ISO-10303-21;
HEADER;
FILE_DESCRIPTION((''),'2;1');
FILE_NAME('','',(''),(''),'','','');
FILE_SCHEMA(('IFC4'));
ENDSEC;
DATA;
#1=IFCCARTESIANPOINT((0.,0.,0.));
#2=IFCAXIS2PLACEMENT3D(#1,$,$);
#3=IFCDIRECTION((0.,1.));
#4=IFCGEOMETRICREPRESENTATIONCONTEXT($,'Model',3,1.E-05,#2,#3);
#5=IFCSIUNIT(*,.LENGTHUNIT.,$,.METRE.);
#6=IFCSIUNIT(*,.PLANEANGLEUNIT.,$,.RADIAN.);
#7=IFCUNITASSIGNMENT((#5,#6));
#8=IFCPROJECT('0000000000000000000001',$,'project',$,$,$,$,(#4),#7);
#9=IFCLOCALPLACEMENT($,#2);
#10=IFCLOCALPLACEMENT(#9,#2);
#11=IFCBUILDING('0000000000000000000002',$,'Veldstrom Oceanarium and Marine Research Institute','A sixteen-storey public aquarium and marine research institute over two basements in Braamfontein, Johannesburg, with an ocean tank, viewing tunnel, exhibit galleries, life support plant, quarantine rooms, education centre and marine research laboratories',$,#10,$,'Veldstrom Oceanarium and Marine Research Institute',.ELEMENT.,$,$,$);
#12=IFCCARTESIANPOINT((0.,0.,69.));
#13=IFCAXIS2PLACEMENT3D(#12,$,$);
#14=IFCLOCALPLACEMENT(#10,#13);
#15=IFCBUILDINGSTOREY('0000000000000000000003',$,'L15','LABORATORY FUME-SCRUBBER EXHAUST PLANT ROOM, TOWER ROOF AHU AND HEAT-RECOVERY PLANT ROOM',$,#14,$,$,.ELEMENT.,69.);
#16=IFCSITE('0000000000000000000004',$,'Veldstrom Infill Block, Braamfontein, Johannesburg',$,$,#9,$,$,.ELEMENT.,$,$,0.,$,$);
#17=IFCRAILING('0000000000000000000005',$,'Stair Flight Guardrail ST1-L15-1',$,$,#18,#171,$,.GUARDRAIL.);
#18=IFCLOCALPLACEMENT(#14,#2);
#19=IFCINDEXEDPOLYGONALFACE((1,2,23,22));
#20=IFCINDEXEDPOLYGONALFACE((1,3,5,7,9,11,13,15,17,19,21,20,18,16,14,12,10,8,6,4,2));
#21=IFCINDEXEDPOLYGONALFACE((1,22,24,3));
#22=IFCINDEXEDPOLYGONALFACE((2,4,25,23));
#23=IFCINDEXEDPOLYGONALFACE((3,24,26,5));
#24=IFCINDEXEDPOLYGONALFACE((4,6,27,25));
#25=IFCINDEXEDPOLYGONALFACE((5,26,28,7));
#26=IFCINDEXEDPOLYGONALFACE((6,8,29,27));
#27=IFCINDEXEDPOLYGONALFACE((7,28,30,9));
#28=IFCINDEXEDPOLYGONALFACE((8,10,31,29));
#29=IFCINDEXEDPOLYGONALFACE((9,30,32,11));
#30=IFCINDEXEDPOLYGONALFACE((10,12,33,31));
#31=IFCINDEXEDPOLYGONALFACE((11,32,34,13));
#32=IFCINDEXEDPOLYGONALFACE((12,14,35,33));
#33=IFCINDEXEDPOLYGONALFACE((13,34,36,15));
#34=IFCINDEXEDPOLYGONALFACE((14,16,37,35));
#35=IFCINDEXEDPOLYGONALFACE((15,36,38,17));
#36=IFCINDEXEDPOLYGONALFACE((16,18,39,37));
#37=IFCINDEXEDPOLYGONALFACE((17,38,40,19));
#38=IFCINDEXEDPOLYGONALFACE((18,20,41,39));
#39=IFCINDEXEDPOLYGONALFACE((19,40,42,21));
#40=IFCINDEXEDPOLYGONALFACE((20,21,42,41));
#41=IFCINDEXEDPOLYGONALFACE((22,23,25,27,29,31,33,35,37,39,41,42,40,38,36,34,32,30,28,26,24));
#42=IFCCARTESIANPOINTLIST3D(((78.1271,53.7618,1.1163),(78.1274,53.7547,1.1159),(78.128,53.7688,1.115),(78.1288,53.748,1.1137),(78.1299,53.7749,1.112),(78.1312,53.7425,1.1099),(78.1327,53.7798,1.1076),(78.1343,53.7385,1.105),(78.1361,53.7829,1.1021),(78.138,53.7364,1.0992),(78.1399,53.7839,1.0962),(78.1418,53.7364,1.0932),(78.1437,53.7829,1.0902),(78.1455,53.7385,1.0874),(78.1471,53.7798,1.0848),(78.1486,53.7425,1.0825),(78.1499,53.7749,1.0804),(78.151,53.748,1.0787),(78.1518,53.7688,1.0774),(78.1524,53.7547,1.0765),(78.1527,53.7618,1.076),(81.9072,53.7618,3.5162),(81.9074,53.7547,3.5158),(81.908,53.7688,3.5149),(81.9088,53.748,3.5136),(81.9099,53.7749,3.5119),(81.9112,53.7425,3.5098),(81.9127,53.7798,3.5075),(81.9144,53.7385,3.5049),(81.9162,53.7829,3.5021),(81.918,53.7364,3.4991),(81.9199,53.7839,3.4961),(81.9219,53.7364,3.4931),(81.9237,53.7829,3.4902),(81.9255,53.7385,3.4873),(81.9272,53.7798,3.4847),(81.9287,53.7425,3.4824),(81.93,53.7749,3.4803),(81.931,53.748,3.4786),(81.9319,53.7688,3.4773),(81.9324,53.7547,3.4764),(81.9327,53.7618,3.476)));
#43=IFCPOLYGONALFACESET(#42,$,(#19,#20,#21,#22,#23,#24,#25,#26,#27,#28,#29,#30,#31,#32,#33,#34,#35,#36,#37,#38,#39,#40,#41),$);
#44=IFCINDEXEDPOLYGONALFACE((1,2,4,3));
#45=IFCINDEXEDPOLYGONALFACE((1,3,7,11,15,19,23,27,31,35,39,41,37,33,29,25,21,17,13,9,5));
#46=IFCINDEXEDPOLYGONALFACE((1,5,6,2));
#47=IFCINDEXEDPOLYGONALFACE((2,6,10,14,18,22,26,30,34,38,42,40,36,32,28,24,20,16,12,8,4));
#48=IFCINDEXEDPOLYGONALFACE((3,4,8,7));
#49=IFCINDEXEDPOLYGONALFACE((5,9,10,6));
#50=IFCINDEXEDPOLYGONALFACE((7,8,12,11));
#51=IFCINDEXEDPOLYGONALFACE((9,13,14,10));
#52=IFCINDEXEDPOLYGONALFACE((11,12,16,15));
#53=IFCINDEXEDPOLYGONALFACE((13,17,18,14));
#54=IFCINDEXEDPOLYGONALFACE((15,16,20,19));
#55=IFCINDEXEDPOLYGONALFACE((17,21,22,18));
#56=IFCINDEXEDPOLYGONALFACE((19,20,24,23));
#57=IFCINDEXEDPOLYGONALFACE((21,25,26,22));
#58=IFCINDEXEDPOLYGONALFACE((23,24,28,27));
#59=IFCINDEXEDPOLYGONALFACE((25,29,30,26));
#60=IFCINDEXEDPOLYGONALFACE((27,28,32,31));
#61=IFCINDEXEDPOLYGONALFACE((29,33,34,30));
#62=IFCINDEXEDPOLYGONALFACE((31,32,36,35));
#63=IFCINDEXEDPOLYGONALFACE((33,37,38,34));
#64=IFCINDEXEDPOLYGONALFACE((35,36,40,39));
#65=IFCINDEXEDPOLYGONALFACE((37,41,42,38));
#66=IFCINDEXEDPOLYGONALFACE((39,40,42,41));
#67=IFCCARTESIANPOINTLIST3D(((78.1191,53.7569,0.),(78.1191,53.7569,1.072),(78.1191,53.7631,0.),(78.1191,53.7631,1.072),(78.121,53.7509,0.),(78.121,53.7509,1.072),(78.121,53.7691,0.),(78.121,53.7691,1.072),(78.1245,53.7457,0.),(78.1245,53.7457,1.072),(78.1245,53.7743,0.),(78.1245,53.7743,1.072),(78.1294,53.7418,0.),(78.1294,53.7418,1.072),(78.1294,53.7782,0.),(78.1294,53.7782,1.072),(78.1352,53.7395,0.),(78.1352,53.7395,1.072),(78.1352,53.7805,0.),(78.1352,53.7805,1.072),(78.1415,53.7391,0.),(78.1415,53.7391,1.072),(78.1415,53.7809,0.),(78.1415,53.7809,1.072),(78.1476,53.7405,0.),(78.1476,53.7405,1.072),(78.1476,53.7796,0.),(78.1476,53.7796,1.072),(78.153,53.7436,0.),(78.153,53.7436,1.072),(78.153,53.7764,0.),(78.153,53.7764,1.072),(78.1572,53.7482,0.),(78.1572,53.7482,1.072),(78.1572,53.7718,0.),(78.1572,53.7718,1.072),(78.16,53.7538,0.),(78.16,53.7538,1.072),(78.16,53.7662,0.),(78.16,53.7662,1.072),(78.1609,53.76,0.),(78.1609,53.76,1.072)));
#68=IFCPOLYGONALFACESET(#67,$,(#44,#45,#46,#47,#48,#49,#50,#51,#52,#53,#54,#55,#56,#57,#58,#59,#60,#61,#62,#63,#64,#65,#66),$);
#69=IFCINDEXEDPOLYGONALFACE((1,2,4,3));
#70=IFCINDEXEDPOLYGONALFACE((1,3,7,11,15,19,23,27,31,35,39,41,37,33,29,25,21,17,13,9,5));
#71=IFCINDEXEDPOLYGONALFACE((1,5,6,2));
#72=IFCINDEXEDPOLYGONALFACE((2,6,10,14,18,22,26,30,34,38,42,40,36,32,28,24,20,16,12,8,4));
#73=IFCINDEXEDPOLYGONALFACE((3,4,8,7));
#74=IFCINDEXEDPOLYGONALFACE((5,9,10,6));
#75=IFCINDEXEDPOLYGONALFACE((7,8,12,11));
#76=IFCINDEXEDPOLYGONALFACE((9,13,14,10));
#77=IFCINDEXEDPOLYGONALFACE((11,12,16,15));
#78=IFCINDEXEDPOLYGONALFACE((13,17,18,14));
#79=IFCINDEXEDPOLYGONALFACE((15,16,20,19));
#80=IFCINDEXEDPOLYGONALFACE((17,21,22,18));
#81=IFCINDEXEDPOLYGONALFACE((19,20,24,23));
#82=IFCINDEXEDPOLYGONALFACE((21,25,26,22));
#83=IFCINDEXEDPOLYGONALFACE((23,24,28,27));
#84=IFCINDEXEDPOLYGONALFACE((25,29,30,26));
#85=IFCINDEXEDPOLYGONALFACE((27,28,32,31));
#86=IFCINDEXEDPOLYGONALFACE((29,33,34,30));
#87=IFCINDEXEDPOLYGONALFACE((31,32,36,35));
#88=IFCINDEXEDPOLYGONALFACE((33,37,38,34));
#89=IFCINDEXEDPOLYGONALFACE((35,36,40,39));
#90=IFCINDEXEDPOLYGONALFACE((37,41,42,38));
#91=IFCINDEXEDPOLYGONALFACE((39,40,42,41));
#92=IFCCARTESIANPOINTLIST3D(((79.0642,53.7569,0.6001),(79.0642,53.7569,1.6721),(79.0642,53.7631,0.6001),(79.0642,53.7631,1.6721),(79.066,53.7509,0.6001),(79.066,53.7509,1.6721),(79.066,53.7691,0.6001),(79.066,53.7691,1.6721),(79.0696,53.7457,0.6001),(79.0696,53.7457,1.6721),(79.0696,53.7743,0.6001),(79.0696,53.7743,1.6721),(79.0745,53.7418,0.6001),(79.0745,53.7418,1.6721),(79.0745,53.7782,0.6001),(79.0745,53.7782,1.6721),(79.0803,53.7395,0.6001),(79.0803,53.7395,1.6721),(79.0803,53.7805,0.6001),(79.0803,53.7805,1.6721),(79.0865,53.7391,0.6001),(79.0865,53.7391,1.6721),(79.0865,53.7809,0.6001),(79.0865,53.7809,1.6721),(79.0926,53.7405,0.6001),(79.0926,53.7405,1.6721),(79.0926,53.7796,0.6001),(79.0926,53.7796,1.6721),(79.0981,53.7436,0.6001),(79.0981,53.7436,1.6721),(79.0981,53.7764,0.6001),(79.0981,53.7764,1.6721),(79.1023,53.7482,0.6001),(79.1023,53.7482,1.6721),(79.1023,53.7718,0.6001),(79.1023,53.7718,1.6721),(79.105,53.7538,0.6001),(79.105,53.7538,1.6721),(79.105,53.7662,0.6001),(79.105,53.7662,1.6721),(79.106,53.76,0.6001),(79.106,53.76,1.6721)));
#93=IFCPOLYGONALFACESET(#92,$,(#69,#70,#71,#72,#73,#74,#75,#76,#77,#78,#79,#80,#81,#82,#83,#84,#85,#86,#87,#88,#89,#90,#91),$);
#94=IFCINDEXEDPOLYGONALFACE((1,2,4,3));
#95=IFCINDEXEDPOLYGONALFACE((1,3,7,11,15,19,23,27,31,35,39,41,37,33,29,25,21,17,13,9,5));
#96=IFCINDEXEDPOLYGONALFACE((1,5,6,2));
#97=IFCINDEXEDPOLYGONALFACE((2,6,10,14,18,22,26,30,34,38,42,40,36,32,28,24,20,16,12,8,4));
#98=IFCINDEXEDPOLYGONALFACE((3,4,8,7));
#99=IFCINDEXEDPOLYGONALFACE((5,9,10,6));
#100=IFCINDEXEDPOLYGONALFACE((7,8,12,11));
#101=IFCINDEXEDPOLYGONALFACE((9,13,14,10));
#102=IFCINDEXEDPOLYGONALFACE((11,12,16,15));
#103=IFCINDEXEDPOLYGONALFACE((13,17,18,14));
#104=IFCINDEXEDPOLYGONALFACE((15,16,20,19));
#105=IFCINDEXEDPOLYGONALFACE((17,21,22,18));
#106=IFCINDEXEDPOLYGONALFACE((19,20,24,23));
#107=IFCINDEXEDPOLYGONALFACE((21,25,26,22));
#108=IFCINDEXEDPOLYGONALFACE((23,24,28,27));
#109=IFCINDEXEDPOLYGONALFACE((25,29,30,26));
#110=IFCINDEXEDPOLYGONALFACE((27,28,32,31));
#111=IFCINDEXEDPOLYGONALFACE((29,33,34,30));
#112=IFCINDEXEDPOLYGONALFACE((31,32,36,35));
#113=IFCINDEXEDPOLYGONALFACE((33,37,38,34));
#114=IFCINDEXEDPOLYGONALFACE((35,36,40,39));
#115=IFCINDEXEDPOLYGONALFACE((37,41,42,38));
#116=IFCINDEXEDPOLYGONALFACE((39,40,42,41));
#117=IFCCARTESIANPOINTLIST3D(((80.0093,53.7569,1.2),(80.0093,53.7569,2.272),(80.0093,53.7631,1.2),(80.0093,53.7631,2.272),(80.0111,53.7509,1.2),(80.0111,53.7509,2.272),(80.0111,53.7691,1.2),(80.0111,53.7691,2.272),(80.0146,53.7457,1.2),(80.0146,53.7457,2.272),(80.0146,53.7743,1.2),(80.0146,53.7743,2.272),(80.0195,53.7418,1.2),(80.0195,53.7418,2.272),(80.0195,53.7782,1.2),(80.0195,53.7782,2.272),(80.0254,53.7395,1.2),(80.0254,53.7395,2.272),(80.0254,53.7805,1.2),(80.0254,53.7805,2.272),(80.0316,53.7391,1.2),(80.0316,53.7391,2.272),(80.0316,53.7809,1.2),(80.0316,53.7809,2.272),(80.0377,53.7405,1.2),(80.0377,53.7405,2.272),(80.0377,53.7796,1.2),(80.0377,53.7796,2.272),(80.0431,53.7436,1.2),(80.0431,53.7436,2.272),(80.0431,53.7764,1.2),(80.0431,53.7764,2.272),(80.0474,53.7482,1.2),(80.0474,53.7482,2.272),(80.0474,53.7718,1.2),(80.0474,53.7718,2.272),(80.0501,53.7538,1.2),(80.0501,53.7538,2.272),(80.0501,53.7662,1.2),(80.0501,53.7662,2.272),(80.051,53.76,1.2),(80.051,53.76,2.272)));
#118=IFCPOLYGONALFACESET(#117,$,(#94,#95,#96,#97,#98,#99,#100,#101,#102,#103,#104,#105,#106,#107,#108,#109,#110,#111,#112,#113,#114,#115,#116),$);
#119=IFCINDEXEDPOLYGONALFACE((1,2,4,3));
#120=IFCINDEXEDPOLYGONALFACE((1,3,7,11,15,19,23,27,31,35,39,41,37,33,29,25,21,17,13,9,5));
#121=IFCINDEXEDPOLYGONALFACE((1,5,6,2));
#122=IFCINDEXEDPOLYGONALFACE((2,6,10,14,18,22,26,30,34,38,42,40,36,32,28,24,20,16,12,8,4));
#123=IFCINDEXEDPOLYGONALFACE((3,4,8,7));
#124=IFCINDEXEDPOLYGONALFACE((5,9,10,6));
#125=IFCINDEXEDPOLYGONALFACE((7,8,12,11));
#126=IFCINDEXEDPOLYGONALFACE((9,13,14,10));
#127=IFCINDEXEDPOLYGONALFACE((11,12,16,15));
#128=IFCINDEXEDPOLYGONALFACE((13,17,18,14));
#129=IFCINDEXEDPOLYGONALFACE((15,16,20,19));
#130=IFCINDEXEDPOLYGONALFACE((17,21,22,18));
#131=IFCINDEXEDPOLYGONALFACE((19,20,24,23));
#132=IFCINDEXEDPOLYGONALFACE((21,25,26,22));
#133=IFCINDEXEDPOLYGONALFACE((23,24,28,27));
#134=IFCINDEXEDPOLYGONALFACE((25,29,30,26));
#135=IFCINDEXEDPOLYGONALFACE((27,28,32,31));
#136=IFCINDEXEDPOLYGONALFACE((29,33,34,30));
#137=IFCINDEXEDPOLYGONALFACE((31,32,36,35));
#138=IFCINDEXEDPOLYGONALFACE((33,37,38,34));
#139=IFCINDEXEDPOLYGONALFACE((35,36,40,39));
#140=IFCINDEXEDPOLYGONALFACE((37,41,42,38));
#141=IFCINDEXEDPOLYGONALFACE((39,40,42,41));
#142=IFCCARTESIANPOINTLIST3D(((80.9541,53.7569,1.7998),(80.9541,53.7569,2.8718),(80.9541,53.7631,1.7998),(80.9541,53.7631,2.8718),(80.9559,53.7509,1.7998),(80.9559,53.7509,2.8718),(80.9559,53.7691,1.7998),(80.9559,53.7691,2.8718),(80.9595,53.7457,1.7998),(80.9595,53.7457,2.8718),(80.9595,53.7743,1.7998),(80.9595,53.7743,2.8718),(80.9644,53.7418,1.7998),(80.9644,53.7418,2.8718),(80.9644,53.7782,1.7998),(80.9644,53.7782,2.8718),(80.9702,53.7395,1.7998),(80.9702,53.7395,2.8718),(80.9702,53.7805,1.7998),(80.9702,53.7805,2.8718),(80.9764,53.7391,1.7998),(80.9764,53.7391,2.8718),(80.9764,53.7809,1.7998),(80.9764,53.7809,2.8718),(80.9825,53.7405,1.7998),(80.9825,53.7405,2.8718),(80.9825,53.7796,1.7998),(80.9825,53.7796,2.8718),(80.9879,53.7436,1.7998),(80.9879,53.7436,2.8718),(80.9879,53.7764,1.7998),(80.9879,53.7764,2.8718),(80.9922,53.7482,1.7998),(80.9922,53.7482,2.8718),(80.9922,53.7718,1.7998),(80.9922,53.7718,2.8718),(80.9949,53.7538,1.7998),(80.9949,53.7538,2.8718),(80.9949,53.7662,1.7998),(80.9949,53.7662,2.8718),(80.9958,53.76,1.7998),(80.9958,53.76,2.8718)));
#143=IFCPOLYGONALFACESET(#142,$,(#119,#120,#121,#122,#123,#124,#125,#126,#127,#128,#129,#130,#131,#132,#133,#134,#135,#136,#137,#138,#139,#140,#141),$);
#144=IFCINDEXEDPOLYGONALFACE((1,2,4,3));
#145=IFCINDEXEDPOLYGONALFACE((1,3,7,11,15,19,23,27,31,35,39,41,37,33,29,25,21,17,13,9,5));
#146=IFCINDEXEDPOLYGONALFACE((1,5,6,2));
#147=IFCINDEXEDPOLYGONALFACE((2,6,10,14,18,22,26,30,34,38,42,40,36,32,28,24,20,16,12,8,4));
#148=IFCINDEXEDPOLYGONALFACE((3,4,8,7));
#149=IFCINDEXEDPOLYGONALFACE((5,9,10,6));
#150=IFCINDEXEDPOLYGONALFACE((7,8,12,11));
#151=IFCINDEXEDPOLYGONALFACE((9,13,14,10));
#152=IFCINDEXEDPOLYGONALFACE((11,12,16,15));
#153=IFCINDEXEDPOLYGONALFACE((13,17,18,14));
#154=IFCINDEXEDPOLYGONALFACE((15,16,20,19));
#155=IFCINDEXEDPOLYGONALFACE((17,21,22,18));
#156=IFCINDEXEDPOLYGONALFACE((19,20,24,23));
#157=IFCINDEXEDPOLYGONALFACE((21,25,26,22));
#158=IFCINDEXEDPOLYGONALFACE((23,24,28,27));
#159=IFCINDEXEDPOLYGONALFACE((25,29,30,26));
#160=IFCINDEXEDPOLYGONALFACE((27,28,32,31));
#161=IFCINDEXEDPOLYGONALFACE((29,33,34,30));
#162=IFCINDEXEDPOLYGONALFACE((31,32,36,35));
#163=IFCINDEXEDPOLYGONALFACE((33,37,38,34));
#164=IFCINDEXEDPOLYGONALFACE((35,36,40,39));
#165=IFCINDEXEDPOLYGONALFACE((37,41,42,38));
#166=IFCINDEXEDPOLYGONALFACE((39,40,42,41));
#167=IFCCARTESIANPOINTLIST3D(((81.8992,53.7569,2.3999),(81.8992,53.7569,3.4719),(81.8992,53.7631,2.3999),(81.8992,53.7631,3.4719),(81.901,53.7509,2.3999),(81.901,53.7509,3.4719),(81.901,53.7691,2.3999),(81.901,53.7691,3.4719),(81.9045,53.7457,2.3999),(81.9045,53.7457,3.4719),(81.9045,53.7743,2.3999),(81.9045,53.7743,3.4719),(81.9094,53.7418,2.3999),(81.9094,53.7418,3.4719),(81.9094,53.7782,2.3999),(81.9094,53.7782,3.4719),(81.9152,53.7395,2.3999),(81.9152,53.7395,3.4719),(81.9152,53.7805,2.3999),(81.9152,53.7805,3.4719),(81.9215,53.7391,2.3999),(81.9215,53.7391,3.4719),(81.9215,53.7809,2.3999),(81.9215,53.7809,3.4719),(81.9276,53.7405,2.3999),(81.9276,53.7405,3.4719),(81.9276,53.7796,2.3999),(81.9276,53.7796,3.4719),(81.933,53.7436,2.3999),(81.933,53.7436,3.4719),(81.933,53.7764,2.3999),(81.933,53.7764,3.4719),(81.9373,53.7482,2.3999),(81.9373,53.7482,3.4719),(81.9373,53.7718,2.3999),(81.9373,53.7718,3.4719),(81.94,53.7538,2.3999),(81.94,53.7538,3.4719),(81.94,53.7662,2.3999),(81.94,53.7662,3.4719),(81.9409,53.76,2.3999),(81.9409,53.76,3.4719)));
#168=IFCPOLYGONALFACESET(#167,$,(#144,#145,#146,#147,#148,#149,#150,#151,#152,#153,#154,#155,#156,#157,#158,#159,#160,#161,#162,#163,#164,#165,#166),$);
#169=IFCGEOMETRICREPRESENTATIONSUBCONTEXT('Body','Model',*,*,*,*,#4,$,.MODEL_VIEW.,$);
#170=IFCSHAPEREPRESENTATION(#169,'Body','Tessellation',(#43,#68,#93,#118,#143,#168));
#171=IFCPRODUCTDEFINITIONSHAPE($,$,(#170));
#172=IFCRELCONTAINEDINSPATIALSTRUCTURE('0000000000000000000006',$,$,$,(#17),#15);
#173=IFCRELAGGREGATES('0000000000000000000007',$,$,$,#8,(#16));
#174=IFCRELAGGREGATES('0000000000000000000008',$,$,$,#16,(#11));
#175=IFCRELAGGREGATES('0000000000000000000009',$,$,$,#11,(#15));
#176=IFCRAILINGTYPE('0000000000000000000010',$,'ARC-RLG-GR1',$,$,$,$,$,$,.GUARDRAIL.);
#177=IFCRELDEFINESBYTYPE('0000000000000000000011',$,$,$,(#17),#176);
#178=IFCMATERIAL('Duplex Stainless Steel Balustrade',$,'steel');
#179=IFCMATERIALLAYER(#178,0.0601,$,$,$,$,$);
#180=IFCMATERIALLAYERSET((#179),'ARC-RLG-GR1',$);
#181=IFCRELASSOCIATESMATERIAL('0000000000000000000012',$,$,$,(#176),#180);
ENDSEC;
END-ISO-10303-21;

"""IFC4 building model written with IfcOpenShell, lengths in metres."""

from ifc_helpers import new_model, si_unit, direction, frame, origin, origin_2d, place, context, subcontext, project, spatial, circle, extrude, material, layer, layer_set, type_object, element, save


model = new_model("IFC4")

# Units and contexts
model_context = context("Model", 3, precision=1e-05, world=origin(), true_north=direction((0.0, 1.0)))
body_context = subcontext(model_context, "Body", "Model", "MODEL_VIEW")
ifc_project = project(units=[si_unit("LENGTHUNIT", "METRE"), si_unit("PLANEANGLEUNIT", "RADIAN")], contexts=[model_context])

# Site, building, storey
site_placement = place(None, origin())
site = spatial("IfcSite", under=ifc_project, at=site_placement, Name="Veldstrom Infill Block, Braamfontein, Johannesburg", CompositionType="ELEMENT", RefElevation=0.0)
building_placement = place(site_placement, origin())
building = spatial("IfcBuilding", under=site, at=building_placement, Name="Veldstrom Oceanarium and Marine Research Institute", Description="A sixteen-storey public aquarium and marine research institute over two basements in Braamfontein, Johannesburg, with an ocean tank, viewing tunnel, exhibit galleries, life support plant, quarantine rooms, education centre and marine research laboratories", LongName="Veldstrom Oceanarium and Marine Research Institute", CompositionType="ELEMENT")
storey_placement = place(building_placement, frame((0.0, 0.0, 69.0)))
storey = spatial("IfcBuildingStorey", under=building, at=storey_placement, Name="L15", Description="LABORATORY FUME-SCRUBBER EXHAUST PLANT ROOM, TOWER ROOF AHU AND HEAT-RECOVERY PLANT ROOM", CompositionType="ELEMENT", Elevation=69.0)

# Railing
ifc_material_1 = material(Name="Duplex Stainless Steel Balustrade", Category="steel")
ifc_layer_1 = layer(ifc_material_1, 0.0601)
ifc_layer_set_1 = layer_set([ifc_layer_1], Name="ARC-RLG-GR1")
railing_type_1 = type_object("IfcRailingType", Name="ARC-RLG-GR1", PredefinedType="GUARDRAIL", material=ifc_layer_set_1)
railing_1_placement = place(storey_placement, frame((78.1399, 53.76, 0.0)))
element("IfcRailing", 1, at=railing_1_placement, inside=storey, type_object=railing_type_1, Name="Stair Flight Guardrail ST1-L15-1", PredefinedType="GUARDRAIL", context=body_context, shape_type="SweptSolid", body=[
    extrude(circle(Radius=0.0239, at=origin_2d()), frame((0.0, 0.0, 1.0962), z_axis=(0.844225, 0.0, 0.53599), x_axis=(0.0, 1.0, 0.0)), (0.0, 0.0, 1.0), 4.4775),
    extrude(circle(Radius=0.021, at=origin_2d()), origin(), (0.0, 0.0, 1.0), 1.072),
    extrude(circle(Radius=0.021, at=origin_2d()), frame((0.9451, 0.0, 0.6001)), (0.0, 0.0, 1.0), 1.072),
    extrude(circle(Radius=0.021, at=origin_2d()), frame((1.8901, 0.0, 1.2)), (0.0, 0.0, 1.0), 1.072),
    extrude(circle(Radius=0.021, at=origin_2d()), frame((2.835, 0.0, 1.7998)), (0.0, 0.0, 1.0), 1.072),
    extrude(circle(Radius=0.021, at=origin_2d()), frame((3.78, 0.0, 2.3999)), (0.0, 0.0, 1.0), 1.072),
])

save(model, "model.ifc")
